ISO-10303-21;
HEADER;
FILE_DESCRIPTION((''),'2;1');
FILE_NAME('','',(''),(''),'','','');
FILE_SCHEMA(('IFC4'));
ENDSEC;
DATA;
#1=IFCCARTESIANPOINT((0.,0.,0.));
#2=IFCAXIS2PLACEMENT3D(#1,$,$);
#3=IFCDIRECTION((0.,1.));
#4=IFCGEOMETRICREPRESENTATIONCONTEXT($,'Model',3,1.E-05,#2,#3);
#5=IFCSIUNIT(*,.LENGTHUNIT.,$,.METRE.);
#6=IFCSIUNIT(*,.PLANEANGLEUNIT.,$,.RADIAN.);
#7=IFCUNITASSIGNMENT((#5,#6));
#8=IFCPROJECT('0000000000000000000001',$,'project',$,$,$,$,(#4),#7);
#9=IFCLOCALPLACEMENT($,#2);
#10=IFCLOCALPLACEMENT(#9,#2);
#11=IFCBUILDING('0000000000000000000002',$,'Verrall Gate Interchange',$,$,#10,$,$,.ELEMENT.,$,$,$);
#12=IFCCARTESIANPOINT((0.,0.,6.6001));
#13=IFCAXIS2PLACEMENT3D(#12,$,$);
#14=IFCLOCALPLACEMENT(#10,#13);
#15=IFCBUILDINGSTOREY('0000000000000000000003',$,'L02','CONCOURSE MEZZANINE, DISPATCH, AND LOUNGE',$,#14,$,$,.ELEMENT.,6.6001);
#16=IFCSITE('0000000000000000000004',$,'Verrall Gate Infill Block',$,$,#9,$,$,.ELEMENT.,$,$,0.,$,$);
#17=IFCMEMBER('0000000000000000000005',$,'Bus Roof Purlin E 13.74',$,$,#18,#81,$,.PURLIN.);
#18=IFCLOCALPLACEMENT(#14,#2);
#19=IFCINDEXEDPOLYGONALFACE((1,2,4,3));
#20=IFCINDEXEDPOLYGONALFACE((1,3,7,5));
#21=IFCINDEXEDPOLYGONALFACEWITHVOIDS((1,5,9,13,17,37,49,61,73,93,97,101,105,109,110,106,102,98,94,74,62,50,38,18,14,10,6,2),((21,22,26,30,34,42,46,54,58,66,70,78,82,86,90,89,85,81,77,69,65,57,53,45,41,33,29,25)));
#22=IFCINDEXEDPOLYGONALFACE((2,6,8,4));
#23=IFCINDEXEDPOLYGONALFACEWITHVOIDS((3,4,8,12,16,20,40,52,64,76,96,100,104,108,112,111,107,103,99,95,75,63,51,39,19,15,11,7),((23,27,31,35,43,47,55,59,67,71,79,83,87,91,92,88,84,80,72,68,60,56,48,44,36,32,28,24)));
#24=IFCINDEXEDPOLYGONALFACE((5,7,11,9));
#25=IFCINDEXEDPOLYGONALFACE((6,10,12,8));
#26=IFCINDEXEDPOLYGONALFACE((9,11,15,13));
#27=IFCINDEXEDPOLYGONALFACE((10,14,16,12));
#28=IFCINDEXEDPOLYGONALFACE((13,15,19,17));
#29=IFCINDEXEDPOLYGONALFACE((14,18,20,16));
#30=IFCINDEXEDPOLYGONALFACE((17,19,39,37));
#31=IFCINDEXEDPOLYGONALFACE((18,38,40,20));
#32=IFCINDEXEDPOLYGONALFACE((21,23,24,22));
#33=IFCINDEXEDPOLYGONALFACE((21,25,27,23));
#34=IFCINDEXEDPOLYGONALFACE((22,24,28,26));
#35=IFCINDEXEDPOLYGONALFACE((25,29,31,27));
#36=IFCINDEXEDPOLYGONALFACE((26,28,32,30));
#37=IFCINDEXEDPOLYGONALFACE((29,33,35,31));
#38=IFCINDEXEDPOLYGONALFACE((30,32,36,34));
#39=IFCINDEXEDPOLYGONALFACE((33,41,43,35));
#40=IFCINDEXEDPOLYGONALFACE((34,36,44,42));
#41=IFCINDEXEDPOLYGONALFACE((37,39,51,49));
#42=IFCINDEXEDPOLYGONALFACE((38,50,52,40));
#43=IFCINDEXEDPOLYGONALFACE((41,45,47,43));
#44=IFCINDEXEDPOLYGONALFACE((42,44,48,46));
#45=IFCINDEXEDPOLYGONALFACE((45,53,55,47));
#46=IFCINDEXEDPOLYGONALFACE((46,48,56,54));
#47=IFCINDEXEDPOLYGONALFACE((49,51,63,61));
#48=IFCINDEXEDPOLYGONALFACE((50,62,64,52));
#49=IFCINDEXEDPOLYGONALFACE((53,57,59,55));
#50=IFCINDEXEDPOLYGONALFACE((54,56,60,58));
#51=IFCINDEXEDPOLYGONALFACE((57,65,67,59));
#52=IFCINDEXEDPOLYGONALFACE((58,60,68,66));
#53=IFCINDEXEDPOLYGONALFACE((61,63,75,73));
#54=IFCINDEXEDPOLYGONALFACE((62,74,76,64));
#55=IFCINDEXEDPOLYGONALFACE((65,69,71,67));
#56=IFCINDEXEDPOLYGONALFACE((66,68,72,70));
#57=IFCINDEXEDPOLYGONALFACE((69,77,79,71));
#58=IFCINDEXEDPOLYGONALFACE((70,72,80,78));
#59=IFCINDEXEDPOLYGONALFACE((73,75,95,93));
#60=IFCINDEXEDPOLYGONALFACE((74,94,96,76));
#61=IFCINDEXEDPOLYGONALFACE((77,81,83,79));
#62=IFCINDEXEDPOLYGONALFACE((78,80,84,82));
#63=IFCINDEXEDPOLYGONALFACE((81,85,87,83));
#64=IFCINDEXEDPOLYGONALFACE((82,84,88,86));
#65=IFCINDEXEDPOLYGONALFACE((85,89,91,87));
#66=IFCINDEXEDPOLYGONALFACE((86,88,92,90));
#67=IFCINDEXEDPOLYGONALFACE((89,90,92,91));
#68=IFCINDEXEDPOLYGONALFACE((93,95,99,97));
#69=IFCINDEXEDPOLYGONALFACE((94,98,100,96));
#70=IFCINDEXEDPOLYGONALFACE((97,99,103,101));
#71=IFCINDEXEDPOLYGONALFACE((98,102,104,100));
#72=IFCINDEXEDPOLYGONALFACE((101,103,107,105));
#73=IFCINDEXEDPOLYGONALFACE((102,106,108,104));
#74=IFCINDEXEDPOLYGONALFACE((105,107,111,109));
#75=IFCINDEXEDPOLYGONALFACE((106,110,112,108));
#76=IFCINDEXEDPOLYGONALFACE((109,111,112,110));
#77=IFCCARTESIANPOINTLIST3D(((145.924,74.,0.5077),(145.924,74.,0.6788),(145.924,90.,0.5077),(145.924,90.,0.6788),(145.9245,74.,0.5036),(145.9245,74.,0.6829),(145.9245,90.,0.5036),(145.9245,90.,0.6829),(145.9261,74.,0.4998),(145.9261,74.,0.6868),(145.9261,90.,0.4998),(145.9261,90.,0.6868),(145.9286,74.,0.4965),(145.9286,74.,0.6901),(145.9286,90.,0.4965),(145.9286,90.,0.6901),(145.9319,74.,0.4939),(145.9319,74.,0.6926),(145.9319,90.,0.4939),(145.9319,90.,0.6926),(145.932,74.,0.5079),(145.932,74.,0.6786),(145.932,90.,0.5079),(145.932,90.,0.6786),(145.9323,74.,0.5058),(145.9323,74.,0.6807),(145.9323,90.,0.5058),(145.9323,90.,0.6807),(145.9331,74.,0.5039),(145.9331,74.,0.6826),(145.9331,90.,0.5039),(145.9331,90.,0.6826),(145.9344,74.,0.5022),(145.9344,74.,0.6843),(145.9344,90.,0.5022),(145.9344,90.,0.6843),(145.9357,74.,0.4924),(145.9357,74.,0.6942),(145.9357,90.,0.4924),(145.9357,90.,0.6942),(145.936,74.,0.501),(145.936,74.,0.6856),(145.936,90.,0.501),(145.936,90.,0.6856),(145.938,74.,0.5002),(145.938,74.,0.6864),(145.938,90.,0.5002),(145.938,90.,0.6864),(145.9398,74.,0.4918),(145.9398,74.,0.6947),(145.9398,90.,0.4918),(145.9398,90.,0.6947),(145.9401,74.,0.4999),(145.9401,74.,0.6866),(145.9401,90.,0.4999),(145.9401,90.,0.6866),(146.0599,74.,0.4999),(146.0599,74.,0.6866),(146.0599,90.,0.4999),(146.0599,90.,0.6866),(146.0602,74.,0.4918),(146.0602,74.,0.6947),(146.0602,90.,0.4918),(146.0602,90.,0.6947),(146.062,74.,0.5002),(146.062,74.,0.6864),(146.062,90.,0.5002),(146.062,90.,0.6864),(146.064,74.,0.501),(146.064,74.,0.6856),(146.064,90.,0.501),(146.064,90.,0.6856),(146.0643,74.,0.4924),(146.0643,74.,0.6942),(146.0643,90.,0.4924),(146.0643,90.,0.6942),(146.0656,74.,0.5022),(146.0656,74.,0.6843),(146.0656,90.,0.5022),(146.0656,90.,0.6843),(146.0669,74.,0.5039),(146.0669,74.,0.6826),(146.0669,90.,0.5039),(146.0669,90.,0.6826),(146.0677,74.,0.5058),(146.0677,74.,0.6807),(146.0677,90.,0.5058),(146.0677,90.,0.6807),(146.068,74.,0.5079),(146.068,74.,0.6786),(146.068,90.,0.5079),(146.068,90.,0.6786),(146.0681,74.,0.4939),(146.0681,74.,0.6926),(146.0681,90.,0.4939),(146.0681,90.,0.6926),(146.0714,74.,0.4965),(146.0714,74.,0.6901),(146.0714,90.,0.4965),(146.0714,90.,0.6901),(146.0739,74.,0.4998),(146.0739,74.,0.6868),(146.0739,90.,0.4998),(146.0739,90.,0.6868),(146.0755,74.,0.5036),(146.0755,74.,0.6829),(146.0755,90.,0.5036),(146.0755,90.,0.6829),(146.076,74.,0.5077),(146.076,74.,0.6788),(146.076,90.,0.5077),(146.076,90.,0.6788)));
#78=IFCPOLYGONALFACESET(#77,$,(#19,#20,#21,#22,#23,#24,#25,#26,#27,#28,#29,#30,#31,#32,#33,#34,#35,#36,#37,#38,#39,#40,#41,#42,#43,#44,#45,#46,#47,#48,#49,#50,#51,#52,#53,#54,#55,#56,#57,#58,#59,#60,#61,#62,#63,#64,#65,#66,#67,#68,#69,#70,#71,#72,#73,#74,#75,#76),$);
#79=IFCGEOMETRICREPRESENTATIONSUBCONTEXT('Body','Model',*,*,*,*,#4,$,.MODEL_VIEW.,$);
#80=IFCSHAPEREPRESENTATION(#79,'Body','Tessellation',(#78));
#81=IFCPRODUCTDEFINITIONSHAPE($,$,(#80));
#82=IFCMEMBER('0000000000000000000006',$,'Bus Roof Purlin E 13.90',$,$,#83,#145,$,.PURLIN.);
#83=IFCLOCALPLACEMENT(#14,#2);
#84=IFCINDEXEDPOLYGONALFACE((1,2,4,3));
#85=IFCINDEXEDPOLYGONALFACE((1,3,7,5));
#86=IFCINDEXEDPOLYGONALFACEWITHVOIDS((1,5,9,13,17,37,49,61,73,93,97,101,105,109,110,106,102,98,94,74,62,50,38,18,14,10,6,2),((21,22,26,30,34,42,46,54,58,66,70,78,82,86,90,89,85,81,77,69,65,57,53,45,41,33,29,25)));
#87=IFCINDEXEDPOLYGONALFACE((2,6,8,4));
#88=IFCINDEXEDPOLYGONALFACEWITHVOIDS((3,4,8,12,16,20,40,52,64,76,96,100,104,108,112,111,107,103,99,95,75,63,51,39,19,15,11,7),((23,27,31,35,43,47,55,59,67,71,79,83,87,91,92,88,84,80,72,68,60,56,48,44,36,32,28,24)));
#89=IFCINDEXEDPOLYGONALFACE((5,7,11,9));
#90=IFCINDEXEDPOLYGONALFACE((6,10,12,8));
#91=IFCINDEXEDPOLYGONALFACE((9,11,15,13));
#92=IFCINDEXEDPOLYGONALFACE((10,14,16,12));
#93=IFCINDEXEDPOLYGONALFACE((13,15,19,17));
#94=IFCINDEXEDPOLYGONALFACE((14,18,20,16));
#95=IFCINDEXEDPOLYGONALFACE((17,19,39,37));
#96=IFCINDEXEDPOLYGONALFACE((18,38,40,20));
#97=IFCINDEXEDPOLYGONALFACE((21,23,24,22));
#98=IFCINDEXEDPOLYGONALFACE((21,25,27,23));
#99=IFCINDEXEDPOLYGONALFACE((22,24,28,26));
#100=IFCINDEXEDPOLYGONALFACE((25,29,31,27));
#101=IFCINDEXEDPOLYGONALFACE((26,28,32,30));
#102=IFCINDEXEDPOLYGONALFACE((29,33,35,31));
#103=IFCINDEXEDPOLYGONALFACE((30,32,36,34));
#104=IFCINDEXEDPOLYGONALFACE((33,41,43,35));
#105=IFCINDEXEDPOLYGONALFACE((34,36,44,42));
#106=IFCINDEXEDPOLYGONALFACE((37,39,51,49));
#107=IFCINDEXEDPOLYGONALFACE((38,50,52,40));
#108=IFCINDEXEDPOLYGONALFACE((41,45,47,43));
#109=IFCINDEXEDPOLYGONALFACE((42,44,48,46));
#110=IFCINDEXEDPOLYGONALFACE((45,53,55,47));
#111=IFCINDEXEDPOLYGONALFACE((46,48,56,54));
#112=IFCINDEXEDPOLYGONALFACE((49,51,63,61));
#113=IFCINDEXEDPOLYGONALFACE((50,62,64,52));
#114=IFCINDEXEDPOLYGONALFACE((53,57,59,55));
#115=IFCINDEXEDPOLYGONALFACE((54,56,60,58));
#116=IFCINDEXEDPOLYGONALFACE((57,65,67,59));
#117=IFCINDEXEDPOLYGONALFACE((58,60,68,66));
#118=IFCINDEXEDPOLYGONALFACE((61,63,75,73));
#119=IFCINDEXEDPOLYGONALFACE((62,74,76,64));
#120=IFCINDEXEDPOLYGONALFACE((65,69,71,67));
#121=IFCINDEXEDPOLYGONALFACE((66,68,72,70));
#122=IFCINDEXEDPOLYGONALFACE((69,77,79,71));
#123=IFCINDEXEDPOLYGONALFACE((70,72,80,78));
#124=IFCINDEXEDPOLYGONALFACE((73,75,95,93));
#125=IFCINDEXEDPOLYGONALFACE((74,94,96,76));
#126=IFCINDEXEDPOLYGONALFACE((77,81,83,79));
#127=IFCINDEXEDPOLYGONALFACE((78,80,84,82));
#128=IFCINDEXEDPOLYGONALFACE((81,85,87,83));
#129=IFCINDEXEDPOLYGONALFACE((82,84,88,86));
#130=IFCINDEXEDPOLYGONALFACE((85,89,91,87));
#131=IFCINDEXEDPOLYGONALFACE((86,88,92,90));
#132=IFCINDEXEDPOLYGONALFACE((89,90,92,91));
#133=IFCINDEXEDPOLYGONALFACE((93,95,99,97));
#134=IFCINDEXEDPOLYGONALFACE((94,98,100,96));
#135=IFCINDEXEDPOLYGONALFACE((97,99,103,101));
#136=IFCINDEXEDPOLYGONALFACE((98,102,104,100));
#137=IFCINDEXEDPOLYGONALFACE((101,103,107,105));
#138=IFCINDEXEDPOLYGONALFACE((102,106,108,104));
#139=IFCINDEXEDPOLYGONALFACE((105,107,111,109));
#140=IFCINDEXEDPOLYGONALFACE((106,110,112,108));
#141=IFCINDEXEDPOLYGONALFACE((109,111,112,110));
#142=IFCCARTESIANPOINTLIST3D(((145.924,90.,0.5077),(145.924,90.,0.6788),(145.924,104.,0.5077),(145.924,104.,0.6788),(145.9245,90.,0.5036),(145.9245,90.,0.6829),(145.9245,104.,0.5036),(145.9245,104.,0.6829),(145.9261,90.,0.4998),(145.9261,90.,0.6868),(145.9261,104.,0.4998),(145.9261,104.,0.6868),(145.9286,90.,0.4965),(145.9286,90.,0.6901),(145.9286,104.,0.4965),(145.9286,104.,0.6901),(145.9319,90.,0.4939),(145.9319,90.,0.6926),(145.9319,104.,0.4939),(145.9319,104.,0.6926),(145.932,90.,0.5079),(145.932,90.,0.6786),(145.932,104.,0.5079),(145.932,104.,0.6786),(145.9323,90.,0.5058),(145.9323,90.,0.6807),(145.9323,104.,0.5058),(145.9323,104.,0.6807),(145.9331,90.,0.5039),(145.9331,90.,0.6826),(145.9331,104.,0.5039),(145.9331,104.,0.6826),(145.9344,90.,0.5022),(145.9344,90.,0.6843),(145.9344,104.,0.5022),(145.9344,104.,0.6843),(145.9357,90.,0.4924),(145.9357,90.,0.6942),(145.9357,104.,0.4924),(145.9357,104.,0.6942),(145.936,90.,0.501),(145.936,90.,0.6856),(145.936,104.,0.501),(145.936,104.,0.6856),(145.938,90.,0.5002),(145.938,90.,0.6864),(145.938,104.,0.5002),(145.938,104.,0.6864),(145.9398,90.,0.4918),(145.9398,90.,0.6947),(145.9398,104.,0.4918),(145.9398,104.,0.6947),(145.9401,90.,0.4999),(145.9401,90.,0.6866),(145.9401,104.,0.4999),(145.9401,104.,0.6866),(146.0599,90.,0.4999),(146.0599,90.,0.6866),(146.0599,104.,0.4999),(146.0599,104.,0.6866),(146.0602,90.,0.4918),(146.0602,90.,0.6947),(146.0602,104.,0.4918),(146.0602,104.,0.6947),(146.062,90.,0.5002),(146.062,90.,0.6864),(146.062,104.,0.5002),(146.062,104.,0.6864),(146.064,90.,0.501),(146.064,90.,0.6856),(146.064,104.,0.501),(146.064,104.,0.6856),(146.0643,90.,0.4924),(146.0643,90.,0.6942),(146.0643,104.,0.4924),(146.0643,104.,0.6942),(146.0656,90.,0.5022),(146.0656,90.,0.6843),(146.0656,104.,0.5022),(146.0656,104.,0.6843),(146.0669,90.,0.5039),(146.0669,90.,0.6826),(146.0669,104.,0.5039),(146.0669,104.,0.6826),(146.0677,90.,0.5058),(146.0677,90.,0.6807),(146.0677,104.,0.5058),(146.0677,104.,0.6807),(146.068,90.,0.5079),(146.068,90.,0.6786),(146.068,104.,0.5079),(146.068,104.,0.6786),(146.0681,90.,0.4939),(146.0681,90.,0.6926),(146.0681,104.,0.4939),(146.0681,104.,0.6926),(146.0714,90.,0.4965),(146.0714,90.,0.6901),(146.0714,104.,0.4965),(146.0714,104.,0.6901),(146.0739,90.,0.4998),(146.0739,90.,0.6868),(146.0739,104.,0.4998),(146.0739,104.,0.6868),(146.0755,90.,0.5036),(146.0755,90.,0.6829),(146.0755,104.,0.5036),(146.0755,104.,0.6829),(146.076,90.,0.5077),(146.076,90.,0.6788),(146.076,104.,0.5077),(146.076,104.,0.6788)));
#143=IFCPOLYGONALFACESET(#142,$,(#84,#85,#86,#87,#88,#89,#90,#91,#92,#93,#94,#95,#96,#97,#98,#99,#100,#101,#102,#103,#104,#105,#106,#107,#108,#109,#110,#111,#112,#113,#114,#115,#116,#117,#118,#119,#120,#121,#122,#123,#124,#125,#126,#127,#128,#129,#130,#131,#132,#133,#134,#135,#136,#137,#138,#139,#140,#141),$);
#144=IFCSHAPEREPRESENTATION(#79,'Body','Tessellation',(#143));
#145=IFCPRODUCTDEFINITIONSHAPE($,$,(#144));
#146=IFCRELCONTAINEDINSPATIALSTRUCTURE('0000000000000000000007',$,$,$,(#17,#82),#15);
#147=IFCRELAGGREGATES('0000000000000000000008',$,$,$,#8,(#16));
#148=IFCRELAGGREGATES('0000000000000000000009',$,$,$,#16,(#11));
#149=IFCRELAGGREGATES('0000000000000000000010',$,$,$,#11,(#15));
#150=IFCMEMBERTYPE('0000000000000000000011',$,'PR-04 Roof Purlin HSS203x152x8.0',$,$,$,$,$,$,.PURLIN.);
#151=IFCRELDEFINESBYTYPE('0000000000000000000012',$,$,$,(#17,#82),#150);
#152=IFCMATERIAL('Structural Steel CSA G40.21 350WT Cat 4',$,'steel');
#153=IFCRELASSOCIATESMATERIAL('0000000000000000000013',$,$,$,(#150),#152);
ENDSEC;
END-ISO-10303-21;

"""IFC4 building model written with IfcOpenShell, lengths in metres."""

from ifc_helpers import new_model, si_unit, direction, frame, origin, origin_2d, place, context, subcontext, project, spatial, hollow_rectangle, extrude, material, material_profile, profile_set, type_object, element, save


model = new_model("IFC4")

# Units and contexts
model_context = context("Model", 3, precision=1e-05, world=origin(), true_north=direction((0.0, 1.0)))
body_context = subcontext(model_context, "Body", "Model", "MODEL_VIEW")
ifc_project = project(units=[si_unit("LENGTHUNIT", "METRE"), si_unit("PLANEANGLEUNIT", "RADIAN")], contexts=[model_context])

# Site, building, storey
site_placement = place(None, origin())
site = spatial("IfcSite", under=ifc_project, at=site_placement, Name="Verrall Gate Infill Block", CompositionType="ELEMENT", RefElevation=0.0)
building_placement = place(site_placement, origin())
building = spatial("IfcBuilding", under=site, at=building_placement, Name="Verrall Gate Interchange", CompositionType="ELEMENT")
storey_placement = place(building_placement, frame((0.0, 0.0, 6.6001)))
storey = spatial("IfcBuildingStorey", under=building, at=storey_placement, Name="L02", Description="CONCOURSE MEZZANINE, DISPATCH, AND LOUNGE", CompositionType="ELEMENT", Elevation=6.6001)

# Members
ifc_material_1 = material(Name="Structural Steel CSA G40.21 350WT Cat 4", Category="steel")
ifc_material_profile_1 = material_profile(ifc_material_1, hollow_rectangle(XDim=0.1521, YDim=0.2029, WallThickness=0.0081, InnerFilletRadius=0.0081, OuterFilletRadius=0.0159, at=origin_2d()), Name="HSS203x152x8.0")
ifc_profile_set_1 = profile_set([ifc_material_profile_1], Name="Structural Steel CSA G40.21 350WT Cat 4")
member_type_1 = type_object("IfcMemberType", Name="PR-04 Roof Purlin HSS203x152x8.0", PredefinedType="PURLIN", material=ifc_profile_set_1)
member_1_placement = place(storey_placement, frame((146.0, 74.0, 0.5933), z_axis=(0.0, 1.0, 0.0), x_axis=(-1.0, 0.0, 0.0)))
element("IfcMember", 1, at=member_1_placement, inside=storey, type_object=member_type_1, Name="Bus Roof Purlin E 13.74", PredefinedType="PURLIN", context=body_context, shape_type="SweptSolid", body=[
    extrude(hollow_rectangle(XDim=0.1521, YDim=0.2029, WallThickness=0.0081, InnerFilletRadius=0.0081, OuterFilletRadius=0.0159, at=origin_2d()), origin(), (0.0, 0.0, 1.0), 16.0),
])
member_2_placement = place(storey_placement, frame((146.0, 90.0, 0.5933), z_axis=(0.0, 1.0, 0.0), x_axis=(-1.0, 0.0, 0.0)))
element("IfcMember", 2, at=member_2_placement, inside=storey, type_object=member_type_1, Name="Bus Roof Purlin E 13.90", PredefinedType="PURLIN", context=body_context, shape_type="SweptSolid", body=[
    extrude(hollow_rectangle(XDim=0.1521, YDim=0.2029, WallThickness=0.0081, InnerFilletRadius=0.0081, OuterFilletRadius=0.0159, at=origin_2d()), origin(), (0.0, 0.0, 1.0), 14.0),
])

save(model, "model.ifc")
